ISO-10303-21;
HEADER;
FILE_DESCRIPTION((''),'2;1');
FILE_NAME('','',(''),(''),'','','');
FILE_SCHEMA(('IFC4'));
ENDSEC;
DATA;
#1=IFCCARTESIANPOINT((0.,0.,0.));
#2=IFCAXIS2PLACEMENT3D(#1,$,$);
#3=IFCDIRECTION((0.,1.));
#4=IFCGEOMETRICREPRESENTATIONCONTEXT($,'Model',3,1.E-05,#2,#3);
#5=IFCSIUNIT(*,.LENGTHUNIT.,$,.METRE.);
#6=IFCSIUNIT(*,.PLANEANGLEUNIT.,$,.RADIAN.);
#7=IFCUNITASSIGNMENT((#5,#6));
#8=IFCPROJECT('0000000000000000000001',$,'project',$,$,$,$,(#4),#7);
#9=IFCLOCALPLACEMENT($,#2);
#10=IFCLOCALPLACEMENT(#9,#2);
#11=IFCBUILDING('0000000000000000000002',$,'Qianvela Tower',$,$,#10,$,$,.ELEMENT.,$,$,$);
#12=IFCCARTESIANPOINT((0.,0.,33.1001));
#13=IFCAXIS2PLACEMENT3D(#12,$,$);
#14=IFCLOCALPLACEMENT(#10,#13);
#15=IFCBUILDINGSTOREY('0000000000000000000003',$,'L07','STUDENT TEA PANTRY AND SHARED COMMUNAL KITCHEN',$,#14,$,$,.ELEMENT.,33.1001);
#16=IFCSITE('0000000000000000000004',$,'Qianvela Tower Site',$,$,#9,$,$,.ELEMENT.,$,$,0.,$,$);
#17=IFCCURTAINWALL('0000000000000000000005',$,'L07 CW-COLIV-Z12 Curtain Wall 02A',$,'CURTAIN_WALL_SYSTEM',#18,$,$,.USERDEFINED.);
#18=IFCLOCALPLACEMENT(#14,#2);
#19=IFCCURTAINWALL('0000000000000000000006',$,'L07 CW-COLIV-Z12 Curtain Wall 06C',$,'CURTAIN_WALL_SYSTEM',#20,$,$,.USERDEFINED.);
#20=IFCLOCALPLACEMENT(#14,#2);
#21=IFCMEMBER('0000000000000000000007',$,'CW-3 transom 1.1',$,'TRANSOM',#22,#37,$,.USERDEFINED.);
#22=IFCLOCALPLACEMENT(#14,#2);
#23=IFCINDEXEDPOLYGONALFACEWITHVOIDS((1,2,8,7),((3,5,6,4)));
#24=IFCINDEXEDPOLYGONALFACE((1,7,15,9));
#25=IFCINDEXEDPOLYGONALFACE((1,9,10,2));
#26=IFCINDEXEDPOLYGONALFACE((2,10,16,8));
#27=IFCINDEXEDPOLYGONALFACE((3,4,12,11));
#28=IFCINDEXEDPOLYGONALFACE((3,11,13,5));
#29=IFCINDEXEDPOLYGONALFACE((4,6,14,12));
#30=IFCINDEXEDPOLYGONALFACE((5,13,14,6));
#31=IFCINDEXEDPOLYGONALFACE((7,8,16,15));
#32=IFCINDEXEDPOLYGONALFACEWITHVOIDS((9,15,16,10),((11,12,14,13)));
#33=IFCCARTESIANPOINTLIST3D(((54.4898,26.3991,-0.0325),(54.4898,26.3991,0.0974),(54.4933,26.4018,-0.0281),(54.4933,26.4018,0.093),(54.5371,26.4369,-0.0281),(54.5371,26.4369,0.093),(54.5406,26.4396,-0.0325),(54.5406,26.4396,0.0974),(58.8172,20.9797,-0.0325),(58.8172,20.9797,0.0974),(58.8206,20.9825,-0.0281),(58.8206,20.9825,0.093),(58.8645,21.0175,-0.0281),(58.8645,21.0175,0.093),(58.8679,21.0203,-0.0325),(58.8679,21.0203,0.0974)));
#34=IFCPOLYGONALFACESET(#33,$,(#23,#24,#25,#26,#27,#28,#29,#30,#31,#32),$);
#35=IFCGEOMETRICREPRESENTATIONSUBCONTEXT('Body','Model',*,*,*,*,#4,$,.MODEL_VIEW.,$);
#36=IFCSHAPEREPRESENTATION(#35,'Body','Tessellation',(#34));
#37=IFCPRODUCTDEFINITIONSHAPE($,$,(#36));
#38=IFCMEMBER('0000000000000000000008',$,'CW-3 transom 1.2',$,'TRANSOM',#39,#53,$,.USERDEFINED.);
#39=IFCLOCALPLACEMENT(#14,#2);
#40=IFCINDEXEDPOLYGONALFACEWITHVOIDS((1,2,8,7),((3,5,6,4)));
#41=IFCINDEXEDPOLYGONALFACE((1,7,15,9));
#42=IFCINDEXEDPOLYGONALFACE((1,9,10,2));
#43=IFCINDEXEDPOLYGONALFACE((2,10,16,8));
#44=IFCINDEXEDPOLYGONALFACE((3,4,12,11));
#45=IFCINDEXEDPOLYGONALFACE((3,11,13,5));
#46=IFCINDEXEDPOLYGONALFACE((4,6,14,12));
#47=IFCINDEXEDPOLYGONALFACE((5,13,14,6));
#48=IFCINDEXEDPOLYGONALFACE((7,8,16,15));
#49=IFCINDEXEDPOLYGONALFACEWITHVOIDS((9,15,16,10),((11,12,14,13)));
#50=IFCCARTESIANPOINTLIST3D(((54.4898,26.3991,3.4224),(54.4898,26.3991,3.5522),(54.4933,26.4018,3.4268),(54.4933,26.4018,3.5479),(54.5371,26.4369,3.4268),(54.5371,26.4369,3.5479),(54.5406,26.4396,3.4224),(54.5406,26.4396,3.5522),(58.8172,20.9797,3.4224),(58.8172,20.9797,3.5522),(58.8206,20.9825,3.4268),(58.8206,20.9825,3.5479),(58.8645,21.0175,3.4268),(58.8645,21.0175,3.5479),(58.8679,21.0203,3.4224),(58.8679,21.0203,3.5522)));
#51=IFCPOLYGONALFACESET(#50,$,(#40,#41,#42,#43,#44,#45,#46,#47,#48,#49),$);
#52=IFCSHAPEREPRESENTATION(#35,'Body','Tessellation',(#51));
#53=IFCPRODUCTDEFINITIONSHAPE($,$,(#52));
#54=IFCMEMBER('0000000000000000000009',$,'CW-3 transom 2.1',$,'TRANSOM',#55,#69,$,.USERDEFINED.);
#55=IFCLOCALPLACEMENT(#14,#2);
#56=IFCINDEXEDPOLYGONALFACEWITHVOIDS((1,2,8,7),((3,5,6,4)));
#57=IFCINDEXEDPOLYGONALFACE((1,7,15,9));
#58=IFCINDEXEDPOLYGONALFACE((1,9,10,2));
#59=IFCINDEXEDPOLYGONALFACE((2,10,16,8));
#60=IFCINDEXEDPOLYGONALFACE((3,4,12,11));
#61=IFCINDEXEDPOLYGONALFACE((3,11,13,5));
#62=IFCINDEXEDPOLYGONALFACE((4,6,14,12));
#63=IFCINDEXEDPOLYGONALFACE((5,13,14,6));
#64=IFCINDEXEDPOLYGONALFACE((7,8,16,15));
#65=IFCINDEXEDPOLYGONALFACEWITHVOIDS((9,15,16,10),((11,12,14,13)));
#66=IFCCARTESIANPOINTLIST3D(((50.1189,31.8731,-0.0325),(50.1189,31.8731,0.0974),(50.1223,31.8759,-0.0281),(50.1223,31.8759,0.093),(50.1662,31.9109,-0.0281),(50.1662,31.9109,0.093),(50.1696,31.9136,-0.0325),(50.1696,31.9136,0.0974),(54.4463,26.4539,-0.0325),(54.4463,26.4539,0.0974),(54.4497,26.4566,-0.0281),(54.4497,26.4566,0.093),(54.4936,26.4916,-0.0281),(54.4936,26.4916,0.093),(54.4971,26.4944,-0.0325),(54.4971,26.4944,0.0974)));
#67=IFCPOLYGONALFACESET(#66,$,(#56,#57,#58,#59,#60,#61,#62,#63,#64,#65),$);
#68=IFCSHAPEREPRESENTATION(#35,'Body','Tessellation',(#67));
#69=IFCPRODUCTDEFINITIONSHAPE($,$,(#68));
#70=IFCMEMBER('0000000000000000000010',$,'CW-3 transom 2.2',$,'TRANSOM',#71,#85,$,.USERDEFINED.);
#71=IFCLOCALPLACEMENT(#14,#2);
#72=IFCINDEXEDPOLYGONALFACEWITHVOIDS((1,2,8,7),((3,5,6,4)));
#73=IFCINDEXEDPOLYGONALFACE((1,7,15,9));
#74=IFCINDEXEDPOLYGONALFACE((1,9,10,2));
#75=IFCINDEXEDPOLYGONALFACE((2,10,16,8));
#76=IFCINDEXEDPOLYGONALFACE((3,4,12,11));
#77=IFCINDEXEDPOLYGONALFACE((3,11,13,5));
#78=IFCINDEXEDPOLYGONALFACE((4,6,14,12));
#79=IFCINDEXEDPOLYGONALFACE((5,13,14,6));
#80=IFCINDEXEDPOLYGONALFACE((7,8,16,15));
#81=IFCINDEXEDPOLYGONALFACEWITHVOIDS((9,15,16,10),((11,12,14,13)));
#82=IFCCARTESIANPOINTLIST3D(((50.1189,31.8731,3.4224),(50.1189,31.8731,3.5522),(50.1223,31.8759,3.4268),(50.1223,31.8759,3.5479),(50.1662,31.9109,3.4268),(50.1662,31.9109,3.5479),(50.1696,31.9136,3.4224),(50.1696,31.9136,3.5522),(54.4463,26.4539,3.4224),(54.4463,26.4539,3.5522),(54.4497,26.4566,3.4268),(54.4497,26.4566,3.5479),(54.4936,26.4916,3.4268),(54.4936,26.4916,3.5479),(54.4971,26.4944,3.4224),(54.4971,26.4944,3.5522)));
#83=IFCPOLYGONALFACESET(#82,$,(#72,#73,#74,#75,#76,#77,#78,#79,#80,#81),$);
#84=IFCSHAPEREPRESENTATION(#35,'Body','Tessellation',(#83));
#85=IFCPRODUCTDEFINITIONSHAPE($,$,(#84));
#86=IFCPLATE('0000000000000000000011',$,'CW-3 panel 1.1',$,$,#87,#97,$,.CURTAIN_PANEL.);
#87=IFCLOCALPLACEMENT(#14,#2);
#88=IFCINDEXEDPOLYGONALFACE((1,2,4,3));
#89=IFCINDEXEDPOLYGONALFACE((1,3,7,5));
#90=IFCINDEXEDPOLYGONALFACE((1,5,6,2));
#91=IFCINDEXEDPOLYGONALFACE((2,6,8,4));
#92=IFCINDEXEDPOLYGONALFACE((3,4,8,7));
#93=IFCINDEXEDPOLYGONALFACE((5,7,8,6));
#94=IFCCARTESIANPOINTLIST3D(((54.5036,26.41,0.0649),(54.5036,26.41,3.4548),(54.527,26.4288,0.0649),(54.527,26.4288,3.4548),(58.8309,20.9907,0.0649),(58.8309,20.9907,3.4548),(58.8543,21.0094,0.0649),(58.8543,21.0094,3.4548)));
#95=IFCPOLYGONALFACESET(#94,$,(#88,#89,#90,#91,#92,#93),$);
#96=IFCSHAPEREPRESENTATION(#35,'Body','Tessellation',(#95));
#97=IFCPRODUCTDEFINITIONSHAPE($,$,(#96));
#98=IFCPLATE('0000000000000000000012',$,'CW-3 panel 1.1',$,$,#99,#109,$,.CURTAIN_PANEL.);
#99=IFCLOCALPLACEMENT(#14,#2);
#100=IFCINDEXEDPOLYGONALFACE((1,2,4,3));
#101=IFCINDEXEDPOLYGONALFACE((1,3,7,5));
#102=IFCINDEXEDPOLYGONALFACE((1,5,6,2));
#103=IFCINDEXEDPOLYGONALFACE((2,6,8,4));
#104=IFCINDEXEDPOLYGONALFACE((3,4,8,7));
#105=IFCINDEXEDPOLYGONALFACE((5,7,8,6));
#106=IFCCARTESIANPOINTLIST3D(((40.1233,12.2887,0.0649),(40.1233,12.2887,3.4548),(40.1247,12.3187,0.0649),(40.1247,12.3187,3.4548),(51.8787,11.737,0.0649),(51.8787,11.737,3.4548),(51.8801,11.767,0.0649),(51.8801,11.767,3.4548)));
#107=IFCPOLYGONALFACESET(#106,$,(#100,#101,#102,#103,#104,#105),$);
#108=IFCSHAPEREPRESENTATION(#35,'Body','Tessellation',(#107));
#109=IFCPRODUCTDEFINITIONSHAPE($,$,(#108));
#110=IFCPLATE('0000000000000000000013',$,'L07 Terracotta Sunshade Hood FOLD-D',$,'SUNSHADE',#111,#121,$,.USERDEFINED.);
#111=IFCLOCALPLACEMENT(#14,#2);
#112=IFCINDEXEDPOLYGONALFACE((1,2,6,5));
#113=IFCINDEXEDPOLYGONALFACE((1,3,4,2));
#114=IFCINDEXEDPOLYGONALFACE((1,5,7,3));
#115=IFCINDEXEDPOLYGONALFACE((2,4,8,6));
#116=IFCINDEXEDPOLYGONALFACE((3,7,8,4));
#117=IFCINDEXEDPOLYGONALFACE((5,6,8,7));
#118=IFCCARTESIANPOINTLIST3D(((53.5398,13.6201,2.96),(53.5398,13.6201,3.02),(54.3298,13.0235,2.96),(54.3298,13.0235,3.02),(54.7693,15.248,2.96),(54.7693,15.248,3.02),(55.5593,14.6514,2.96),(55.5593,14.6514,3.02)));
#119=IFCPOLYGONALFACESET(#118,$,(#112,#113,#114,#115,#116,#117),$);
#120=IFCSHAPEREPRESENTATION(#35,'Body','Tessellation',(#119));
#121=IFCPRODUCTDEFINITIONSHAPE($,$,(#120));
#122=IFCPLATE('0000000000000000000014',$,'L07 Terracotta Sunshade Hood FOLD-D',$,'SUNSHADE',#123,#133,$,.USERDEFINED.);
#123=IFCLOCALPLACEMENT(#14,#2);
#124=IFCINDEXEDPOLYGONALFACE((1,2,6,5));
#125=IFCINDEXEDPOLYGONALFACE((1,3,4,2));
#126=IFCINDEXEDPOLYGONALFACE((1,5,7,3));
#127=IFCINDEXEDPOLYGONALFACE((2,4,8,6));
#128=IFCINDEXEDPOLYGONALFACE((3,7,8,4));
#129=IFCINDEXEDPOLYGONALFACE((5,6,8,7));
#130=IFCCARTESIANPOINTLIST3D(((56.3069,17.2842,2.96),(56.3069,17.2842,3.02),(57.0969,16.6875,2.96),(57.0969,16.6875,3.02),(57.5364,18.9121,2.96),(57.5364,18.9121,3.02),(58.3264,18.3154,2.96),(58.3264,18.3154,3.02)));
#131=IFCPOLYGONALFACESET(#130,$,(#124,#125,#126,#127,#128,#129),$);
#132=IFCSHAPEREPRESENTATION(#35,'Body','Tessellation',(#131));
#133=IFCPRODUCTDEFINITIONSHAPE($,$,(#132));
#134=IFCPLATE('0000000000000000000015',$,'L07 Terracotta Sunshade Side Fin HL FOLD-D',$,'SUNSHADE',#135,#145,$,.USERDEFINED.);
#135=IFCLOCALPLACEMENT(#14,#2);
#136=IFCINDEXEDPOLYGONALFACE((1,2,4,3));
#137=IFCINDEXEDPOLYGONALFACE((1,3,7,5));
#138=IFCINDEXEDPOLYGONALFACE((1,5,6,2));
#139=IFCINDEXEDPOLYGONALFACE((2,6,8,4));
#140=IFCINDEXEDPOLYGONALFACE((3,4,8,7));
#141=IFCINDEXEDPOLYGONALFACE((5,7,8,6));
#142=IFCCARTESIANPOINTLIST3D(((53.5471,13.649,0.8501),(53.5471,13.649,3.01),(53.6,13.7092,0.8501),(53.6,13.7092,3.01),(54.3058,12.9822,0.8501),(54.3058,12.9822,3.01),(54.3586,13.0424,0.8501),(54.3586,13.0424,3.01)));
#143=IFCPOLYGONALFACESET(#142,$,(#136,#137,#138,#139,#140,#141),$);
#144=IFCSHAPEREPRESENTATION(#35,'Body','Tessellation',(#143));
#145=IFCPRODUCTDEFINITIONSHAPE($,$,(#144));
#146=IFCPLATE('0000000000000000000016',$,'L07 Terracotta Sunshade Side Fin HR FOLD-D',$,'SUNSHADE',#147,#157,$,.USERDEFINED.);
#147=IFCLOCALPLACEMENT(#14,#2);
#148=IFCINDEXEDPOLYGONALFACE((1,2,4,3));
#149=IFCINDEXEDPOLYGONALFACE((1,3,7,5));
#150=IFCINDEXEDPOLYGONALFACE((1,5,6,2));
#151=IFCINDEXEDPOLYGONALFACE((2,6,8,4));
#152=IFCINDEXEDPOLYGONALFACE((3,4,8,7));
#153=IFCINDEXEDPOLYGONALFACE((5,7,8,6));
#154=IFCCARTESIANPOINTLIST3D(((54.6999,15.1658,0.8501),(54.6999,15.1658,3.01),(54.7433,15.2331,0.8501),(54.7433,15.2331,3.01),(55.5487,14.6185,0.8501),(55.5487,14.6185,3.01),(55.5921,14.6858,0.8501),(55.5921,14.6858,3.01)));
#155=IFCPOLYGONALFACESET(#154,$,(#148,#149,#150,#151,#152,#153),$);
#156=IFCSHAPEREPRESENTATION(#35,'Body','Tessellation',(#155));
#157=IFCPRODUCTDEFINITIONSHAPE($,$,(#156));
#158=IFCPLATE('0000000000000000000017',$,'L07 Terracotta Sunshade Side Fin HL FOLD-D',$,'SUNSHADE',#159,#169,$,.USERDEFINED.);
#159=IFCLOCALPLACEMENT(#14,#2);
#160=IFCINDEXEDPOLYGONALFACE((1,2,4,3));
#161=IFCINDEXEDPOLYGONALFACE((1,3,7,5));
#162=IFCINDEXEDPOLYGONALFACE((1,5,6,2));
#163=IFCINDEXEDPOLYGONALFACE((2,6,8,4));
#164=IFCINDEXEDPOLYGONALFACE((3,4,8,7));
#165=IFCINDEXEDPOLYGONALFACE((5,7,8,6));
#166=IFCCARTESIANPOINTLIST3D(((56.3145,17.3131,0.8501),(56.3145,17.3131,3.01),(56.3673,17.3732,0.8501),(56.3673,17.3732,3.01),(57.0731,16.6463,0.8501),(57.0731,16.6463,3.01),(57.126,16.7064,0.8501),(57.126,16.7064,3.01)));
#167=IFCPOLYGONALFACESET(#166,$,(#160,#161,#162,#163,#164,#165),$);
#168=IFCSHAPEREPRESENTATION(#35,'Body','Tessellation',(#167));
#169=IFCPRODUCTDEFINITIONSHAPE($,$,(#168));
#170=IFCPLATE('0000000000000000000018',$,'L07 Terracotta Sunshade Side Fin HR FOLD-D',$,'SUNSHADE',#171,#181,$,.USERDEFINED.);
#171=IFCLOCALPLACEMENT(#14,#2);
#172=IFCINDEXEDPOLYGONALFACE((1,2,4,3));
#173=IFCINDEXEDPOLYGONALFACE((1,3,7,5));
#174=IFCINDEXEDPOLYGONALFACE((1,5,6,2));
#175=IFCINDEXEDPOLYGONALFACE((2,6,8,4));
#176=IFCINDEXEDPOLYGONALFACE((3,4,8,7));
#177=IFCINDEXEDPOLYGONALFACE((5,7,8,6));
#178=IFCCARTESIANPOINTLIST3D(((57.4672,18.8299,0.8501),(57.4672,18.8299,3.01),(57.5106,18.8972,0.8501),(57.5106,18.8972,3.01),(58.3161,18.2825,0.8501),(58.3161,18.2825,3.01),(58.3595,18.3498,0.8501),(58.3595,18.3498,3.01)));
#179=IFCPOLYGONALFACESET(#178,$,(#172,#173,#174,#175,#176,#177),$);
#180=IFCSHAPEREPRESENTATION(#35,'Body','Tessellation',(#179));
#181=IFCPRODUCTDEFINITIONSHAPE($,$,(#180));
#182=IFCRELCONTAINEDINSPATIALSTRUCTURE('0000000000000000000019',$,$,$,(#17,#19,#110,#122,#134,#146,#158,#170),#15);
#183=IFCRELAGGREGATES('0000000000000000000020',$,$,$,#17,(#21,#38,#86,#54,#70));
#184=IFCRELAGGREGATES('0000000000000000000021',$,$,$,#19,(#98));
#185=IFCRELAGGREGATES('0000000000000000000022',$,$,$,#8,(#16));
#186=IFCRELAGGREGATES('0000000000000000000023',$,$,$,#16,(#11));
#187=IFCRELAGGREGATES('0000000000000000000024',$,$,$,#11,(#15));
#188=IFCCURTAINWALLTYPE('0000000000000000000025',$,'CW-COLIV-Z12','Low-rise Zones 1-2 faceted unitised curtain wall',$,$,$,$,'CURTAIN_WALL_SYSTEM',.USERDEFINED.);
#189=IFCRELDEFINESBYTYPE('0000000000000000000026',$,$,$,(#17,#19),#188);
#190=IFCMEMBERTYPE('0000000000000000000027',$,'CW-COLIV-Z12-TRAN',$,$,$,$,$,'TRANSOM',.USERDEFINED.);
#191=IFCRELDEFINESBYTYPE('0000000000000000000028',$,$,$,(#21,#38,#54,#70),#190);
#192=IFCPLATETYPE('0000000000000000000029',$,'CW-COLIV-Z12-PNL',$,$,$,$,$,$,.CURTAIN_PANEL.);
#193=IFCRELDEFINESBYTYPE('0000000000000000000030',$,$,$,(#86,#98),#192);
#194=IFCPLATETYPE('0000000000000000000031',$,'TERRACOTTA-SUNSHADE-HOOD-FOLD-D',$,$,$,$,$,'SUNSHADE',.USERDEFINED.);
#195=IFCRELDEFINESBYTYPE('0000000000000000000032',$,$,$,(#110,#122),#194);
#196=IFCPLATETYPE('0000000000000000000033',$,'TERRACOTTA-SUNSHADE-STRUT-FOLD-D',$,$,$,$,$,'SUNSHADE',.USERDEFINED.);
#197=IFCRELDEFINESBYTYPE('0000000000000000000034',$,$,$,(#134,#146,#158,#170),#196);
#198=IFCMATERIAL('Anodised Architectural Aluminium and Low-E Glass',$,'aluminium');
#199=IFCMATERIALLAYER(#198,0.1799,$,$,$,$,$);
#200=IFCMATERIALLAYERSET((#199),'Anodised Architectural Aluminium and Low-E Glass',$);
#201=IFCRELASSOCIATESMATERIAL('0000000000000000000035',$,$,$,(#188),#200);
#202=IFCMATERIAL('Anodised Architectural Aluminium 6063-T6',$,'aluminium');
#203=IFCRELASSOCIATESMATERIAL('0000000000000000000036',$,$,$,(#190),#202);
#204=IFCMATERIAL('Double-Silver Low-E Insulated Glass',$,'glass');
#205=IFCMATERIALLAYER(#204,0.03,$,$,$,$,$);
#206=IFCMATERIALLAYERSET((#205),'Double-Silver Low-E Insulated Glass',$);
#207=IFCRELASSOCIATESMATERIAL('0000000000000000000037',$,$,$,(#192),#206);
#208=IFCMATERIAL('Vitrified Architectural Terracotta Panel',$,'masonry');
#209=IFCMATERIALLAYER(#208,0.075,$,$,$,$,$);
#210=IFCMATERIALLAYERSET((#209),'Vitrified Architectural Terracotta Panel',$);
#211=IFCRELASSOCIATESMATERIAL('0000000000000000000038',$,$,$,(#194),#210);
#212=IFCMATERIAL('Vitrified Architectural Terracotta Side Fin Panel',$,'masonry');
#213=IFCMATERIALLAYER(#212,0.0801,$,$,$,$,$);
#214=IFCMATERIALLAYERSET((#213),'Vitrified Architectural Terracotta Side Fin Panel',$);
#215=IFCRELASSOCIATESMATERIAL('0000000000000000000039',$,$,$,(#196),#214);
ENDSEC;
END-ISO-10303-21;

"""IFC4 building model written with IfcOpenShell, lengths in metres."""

from ifc_helpers import new_model, si_unit, direction, frame, origin, origin_2d, place, context, subcontext, project, spatial, rectangle, hollow_rectangle, extrude, material, layer, layer_set, material_profile, profile_set, type_object, element, aggregate, save


model = new_model("IFC4")

# Units and contexts
model_context = context("Model", 3, precision=1e-05, world=origin(), true_north=direction((0.0, 1.0)))
body_context = subcontext(model_context, "Body", "Model", "MODEL_VIEW")
ifc_project = project(units=[si_unit("LENGTHUNIT", "METRE"), si_unit("PLANEANGLEUNIT", "RADIAN")], contexts=[model_context])

# Site, building, storey
site_placement = place(None, origin())
site = spatial("IfcSite", under=ifc_project, at=site_placement, Name="Qianvela Tower Site", CompositionType="ELEMENT", RefElevation=0.0)
building_placement = place(site_placement, origin())
building = spatial("IfcBuilding", under=site, at=building_placement, Name="Qianvela Tower", CompositionType="ELEMENT")
storey_placement = place(building_placement, frame((0.0, 0.0, 33.1001)))
storey = spatial("IfcBuildingStorey", under=building, at=storey_placement, Name="L07", Description="STUDENT TEA PANTRY AND SHARED COMMUNAL KITCHEN", CompositionType="ELEMENT", Elevation=33.1001)

# Curtain wall
ifc_material_1 = material(Name="Anodised Architectural Aluminium and Low-E Glass", Category="aluminium")
ifc_layer_1 = layer(ifc_material_1, 0.1799)
ifc_layer_set_1 = layer_set([ifc_layer_1], Name="Anodised Architectural Aluminium and Low-E Glass")
curtain_wall_type = type_object("IfcCurtainWallType", Name="CW-COLIV-Z12", Description="Low-rise Zones 1-2 faceted unitised curtain wall", ElementType="CURTAIN_WALL_SYSTEM", PredefinedType="USERDEFINED", material=ifc_layer_set_1)
curtain_wall_1_placement = place(storey_placement, origin())
curtain_wall_1 = element("IfcCurtainWall", 1, at=curtain_wall_1_placement, inside=storey, type_object=curtain_wall_type, Name="L07 CW-COLIV-Z12 Curtain Wall 02A", ObjectType="CURTAIN_WALL_SYSTEM", PredefinedType="USERDEFINED")

# Curtain wall
curtain_wall_2_placement = place(storey_placement, origin())
curtain_wall_2 = element("IfcCurtainWall", 2, at=curtain_wall_2_placement, inside=storey, type_object=curtain_wall_type, Name="L07 CW-COLIV-Z12 Curtain Wall 06C", ObjectType="CURTAIN_WALL_SYSTEM", PredefinedType="USERDEFINED")

# Members
ifc_material_2 = material(Name="Anodised Architectural Aluminium 6063-T6", Category="aluminium")
ifc_material_profile_1 = material_profile(ifc_material_2, hollow_rectangle(XDim=0.0649, YDim=0.1299, WallThickness=0.0044, at=origin_2d()), Name="ALU-TRAN-65x130")
ifc_profile_set_1 = profile_set([ifc_material_profile_1], Name="Anodised Architectural Aluminium 6063-T6")
member_type_1 = type_object("IfcMemberType", Name="CW-COLIV-Z12-TRAN", ElementType="TRANSOM", PredefinedType="USERDEFINED", material=ifc_profile_set_1)
member_1_placement = place(storey_placement, frame((58.8425, 21.0, 0.0325), z_axis=(-0.623978, 0.781442, 0.0), x_axis=(-0.781442, -0.623978, 0.0)))
member_1 = element("IfcMember", 3, at=member_1_placement, type_object=member_type_1, Name="CW-3 transom 1.1", ObjectType="TRANSOM", PredefinedType="USERDEFINED", context=body_context, shape_type="SweptSolid", body=[
    extrude(hollow_rectangle(XDim=0.0649, YDim=0.1299, WallThickness=0.0044, at=origin_2d()), origin(), (0.0, 0.0, 1.0), 6.9351),
])
member_2_placement = place(storey_placement, frame((58.8425, 21.0, 3.4873), z_axis=(-0.623978, 0.781442, 0.0), x_axis=(-0.781442, -0.623978, 0.0)))
member_2 = element("IfcMember", 4, at=member_2_placement, type_object=member_type_1, Name="CW-3 transom 1.2", ObjectType="TRANSOM", PredefinedType="USERDEFINED", context=body_context, shape_type="SweptSolid", body=[
    extrude(hollow_rectangle(XDim=0.0649, YDim=0.1299, WallThickness=0.0044, at=origin_2d()), origin(), (0.0, 0.0, 1.0), 6.9351),
])
member_3_placement = place(storey_placement, frame((54.4717, 26.4741, 0.0325), z_axis=(-0.623995, 0.781428, 0.0), x_axis=(-0.781428, -0.623995, 0.0)))
member_3 = element("IfcMember", 5, at=member_3_placement, type_object=member_type_1, Name="CW-3 transom 2.1", ObjectType="TRANSOM", PredefinedType="USERDEFINED", context=body_context, shape_type="SweptSolid", body=[
    extrude(hollow_rectangle(XDim=0.0649, YDim=0.1299, WallThickness=0.0044, at=origin_2d()), origin(), (0.0, 0.0, 1.0), 6.9351),
])
member_4_placement = place(storey_placement, frame((54.4717, 26.4741, 3.4873), z_axis=(-0.623995, 0.781428, 0.0), x_axis=(-0.781428, -0.623995, 0.0)))
member_4 = element("IfcMember", 6, at=member_4_placement, type_object=member_type_1, Name="CW-3 transom 2.2", ObjectType="TRANSOM", PredefinedType="USERDEFINED", context=body_context, shape_type="SweptSolid", body=[
    extrude(hollow_rectangle(XDim=0.0649, YDim=0.1299, WallThickness=0.0044, at=origin_2d()), origin(), (0.0, 0.0, 1.0), 6.9351),
])

# Plates
ifc_material_3 = material(Name="Double-Silver Low-E Insulated Glass", Category="glass")
ifc_layer_2 = layer(ifc_material_3, 0.03)
ifc_layer_set_2 = layer_set([ifc_layer_2], Name="Double-Silver Low-E Insulated Glass")
plate_type_1 = type_object("IfcPlateType", Name="CW-COLIV-Z12-PNL", PredefinedType="CURTAIN_PANEL", material=ifc_layer_set_2)
plate_1_placement = place(storey_placement, frame((56.679, 23.7097, 0.0649), z_axis=(0.0, 0.0, 1.0), x_axis=(-0.623978, 0.781442, 0.0)))
plate_1 = element("IfcPlate", 7, at=plate_1_placement, type_object=plate_type_1, Name="CW-3 panel 1.1", PredefinedType="CURTAIN_PANEL", context=body_context, shape_type="SweptSolid", body=[
    extrude(rectangle(XDim=6.9351, YDim=0.03, at=origin_2d()), origin(), (0.0, 0.0, 1.0), 3.3899),
])
aggregate(curtain_wall_1, [member_1, member_2, plate_1, member_3, member_4])
plate_2_placement = place(storey_placement, frame((46.0017, 12.0278, 0.0649), z_axis=(0.0, 0.0, 1.0), x_axis=(0.9989, -0.046883, 0.0)))
plate_2 = element("IfcPlate", 8, at=plate_2_placement, type_object=plate_type_1, Name="CW-3 panel 1.1", PredefinedType="CURTAIN_PANEL", context=body_context, shape_type="SweptSolid", body=[
    extrude(rectangle(XDim=11.7683, YDim=0.03, at=origin_2d()), origin(), (0.0, 0.0, 1.0), 3.3899),
])
aggregate(curtain_wall_2, [plate_2])

# Plates
ifc_material_4 = material(Name="Vitrified Architectural Terracotta Panel", Category="masonry")
ifc_layer_3 = layer(ifc_material_4, 0.075)
ifc_layer_set_3 = layer_set([ifc_layer_3], Name="Vitrified Architectural Terracotta Panel")
plate_type_2 = type_object("IfcPlateType", Name="TERRACOTTA-SUNSHADE-HOOD-FOLD-D", ElementType="SUNSHADE", PredefinedType="USERDEFINED", material=ifc_layer_set_3)
for number, where, z_axis, x_axis, name in (
    (9, (54.5496, 14.1357, 2.96), (0.0, 0.0, 1.0), (0.602693, 0.797973, 0.0), "L07 Terracotta Sunshade Hood FOLD-D"),
    (10, (57.3167, 17.7998, 2.96), (0.0, 0.0, 1.0), (0.602693, 0.797973, 0.0), "L07 Terracotta Sunshade Hood FOLD-D"),
):
    element("IfcPlate", number, at=place(storey_placement, frame(where, z_axis=z_axis, x_axis=x_axis)), inside=storey, type_object=plate_type_2, Name=name, ObjectType="SUNSHADE", PredefinedType="USERDEFINED", context=body_context, shape_type="SweptSolid", body=[
        extrude(rectangle(XDim=2.04, YDim=0.99, at=origin_2d()), origin(), (0.0, 0.0, 1.0), 0.0601),
    ])
ifc_material_5 = material(Name="Vitrified Architectural Terracotta Side Fin Panel", Category="masonry")
ifc_layer_4 = layer(ifc_material_5, 0.0801)
ifc_layer_set_4 = layer_set([ifc_layer_4], Name="Vitrified Architectural Terracotta Side Fin Panel")
plate_type_3 = type_object("IfcPlateType", Name="TERRACOTTA-SUNSHADE-STRUT-FOLD-D", ElementType="SUNSHADE", PredefinedType="USERDEFINED", material=ifc_layer_set_4)
for number, where, z_axis, x_axis, name in (
    (11, (53.9529, 13.3457, 0.8501), (0.0, 0.0, 1.0), (0.660172, 0.751114, 0.0), "L07 Terracotta Sunshade Side Fin HL FOLD-D"),
    (12, (55.146, 14.9258, 0.8501), (0.0, 0.0, 1.0), (0.541899, 0.840444, 0.0), "L07 Terracotta Sunshade Side Fin HR FOLD-D"),
    (13, (56.7202, 17.0098, 0.8501), (0.0, 0.0, 1.0), (0.660172, 0.751114, 0.0), "L07 Terracotta Sunshade Side Fin HL FOLD-D"),
    (14, (57.9133, 18.5898, 0.8501), (0.0, 0.0, 1.0), (0.541899, 0.840444, 0.0), "L07 Terracotta Sunshade Side Fin HR FOLD-D"),
):
    element("IfcPlate", number, at=place(storey_placement, frame(where, z_axis=z_axis, x_axis=x_axis)), inside=storey, type_object=plate_type_3, Name=name, ObjectType="SUNSHADE", PredefinedType="USERDEFINED", context=body_context, shape_type="SweptSolid", body=[
        extrude(rectangle(XDim=0.0801, YDim=1.01, at=origin_2d()), origin(), (0.0, 0.0, 1.0), 2.1599),
    ])

save(model, "model.ifc")
